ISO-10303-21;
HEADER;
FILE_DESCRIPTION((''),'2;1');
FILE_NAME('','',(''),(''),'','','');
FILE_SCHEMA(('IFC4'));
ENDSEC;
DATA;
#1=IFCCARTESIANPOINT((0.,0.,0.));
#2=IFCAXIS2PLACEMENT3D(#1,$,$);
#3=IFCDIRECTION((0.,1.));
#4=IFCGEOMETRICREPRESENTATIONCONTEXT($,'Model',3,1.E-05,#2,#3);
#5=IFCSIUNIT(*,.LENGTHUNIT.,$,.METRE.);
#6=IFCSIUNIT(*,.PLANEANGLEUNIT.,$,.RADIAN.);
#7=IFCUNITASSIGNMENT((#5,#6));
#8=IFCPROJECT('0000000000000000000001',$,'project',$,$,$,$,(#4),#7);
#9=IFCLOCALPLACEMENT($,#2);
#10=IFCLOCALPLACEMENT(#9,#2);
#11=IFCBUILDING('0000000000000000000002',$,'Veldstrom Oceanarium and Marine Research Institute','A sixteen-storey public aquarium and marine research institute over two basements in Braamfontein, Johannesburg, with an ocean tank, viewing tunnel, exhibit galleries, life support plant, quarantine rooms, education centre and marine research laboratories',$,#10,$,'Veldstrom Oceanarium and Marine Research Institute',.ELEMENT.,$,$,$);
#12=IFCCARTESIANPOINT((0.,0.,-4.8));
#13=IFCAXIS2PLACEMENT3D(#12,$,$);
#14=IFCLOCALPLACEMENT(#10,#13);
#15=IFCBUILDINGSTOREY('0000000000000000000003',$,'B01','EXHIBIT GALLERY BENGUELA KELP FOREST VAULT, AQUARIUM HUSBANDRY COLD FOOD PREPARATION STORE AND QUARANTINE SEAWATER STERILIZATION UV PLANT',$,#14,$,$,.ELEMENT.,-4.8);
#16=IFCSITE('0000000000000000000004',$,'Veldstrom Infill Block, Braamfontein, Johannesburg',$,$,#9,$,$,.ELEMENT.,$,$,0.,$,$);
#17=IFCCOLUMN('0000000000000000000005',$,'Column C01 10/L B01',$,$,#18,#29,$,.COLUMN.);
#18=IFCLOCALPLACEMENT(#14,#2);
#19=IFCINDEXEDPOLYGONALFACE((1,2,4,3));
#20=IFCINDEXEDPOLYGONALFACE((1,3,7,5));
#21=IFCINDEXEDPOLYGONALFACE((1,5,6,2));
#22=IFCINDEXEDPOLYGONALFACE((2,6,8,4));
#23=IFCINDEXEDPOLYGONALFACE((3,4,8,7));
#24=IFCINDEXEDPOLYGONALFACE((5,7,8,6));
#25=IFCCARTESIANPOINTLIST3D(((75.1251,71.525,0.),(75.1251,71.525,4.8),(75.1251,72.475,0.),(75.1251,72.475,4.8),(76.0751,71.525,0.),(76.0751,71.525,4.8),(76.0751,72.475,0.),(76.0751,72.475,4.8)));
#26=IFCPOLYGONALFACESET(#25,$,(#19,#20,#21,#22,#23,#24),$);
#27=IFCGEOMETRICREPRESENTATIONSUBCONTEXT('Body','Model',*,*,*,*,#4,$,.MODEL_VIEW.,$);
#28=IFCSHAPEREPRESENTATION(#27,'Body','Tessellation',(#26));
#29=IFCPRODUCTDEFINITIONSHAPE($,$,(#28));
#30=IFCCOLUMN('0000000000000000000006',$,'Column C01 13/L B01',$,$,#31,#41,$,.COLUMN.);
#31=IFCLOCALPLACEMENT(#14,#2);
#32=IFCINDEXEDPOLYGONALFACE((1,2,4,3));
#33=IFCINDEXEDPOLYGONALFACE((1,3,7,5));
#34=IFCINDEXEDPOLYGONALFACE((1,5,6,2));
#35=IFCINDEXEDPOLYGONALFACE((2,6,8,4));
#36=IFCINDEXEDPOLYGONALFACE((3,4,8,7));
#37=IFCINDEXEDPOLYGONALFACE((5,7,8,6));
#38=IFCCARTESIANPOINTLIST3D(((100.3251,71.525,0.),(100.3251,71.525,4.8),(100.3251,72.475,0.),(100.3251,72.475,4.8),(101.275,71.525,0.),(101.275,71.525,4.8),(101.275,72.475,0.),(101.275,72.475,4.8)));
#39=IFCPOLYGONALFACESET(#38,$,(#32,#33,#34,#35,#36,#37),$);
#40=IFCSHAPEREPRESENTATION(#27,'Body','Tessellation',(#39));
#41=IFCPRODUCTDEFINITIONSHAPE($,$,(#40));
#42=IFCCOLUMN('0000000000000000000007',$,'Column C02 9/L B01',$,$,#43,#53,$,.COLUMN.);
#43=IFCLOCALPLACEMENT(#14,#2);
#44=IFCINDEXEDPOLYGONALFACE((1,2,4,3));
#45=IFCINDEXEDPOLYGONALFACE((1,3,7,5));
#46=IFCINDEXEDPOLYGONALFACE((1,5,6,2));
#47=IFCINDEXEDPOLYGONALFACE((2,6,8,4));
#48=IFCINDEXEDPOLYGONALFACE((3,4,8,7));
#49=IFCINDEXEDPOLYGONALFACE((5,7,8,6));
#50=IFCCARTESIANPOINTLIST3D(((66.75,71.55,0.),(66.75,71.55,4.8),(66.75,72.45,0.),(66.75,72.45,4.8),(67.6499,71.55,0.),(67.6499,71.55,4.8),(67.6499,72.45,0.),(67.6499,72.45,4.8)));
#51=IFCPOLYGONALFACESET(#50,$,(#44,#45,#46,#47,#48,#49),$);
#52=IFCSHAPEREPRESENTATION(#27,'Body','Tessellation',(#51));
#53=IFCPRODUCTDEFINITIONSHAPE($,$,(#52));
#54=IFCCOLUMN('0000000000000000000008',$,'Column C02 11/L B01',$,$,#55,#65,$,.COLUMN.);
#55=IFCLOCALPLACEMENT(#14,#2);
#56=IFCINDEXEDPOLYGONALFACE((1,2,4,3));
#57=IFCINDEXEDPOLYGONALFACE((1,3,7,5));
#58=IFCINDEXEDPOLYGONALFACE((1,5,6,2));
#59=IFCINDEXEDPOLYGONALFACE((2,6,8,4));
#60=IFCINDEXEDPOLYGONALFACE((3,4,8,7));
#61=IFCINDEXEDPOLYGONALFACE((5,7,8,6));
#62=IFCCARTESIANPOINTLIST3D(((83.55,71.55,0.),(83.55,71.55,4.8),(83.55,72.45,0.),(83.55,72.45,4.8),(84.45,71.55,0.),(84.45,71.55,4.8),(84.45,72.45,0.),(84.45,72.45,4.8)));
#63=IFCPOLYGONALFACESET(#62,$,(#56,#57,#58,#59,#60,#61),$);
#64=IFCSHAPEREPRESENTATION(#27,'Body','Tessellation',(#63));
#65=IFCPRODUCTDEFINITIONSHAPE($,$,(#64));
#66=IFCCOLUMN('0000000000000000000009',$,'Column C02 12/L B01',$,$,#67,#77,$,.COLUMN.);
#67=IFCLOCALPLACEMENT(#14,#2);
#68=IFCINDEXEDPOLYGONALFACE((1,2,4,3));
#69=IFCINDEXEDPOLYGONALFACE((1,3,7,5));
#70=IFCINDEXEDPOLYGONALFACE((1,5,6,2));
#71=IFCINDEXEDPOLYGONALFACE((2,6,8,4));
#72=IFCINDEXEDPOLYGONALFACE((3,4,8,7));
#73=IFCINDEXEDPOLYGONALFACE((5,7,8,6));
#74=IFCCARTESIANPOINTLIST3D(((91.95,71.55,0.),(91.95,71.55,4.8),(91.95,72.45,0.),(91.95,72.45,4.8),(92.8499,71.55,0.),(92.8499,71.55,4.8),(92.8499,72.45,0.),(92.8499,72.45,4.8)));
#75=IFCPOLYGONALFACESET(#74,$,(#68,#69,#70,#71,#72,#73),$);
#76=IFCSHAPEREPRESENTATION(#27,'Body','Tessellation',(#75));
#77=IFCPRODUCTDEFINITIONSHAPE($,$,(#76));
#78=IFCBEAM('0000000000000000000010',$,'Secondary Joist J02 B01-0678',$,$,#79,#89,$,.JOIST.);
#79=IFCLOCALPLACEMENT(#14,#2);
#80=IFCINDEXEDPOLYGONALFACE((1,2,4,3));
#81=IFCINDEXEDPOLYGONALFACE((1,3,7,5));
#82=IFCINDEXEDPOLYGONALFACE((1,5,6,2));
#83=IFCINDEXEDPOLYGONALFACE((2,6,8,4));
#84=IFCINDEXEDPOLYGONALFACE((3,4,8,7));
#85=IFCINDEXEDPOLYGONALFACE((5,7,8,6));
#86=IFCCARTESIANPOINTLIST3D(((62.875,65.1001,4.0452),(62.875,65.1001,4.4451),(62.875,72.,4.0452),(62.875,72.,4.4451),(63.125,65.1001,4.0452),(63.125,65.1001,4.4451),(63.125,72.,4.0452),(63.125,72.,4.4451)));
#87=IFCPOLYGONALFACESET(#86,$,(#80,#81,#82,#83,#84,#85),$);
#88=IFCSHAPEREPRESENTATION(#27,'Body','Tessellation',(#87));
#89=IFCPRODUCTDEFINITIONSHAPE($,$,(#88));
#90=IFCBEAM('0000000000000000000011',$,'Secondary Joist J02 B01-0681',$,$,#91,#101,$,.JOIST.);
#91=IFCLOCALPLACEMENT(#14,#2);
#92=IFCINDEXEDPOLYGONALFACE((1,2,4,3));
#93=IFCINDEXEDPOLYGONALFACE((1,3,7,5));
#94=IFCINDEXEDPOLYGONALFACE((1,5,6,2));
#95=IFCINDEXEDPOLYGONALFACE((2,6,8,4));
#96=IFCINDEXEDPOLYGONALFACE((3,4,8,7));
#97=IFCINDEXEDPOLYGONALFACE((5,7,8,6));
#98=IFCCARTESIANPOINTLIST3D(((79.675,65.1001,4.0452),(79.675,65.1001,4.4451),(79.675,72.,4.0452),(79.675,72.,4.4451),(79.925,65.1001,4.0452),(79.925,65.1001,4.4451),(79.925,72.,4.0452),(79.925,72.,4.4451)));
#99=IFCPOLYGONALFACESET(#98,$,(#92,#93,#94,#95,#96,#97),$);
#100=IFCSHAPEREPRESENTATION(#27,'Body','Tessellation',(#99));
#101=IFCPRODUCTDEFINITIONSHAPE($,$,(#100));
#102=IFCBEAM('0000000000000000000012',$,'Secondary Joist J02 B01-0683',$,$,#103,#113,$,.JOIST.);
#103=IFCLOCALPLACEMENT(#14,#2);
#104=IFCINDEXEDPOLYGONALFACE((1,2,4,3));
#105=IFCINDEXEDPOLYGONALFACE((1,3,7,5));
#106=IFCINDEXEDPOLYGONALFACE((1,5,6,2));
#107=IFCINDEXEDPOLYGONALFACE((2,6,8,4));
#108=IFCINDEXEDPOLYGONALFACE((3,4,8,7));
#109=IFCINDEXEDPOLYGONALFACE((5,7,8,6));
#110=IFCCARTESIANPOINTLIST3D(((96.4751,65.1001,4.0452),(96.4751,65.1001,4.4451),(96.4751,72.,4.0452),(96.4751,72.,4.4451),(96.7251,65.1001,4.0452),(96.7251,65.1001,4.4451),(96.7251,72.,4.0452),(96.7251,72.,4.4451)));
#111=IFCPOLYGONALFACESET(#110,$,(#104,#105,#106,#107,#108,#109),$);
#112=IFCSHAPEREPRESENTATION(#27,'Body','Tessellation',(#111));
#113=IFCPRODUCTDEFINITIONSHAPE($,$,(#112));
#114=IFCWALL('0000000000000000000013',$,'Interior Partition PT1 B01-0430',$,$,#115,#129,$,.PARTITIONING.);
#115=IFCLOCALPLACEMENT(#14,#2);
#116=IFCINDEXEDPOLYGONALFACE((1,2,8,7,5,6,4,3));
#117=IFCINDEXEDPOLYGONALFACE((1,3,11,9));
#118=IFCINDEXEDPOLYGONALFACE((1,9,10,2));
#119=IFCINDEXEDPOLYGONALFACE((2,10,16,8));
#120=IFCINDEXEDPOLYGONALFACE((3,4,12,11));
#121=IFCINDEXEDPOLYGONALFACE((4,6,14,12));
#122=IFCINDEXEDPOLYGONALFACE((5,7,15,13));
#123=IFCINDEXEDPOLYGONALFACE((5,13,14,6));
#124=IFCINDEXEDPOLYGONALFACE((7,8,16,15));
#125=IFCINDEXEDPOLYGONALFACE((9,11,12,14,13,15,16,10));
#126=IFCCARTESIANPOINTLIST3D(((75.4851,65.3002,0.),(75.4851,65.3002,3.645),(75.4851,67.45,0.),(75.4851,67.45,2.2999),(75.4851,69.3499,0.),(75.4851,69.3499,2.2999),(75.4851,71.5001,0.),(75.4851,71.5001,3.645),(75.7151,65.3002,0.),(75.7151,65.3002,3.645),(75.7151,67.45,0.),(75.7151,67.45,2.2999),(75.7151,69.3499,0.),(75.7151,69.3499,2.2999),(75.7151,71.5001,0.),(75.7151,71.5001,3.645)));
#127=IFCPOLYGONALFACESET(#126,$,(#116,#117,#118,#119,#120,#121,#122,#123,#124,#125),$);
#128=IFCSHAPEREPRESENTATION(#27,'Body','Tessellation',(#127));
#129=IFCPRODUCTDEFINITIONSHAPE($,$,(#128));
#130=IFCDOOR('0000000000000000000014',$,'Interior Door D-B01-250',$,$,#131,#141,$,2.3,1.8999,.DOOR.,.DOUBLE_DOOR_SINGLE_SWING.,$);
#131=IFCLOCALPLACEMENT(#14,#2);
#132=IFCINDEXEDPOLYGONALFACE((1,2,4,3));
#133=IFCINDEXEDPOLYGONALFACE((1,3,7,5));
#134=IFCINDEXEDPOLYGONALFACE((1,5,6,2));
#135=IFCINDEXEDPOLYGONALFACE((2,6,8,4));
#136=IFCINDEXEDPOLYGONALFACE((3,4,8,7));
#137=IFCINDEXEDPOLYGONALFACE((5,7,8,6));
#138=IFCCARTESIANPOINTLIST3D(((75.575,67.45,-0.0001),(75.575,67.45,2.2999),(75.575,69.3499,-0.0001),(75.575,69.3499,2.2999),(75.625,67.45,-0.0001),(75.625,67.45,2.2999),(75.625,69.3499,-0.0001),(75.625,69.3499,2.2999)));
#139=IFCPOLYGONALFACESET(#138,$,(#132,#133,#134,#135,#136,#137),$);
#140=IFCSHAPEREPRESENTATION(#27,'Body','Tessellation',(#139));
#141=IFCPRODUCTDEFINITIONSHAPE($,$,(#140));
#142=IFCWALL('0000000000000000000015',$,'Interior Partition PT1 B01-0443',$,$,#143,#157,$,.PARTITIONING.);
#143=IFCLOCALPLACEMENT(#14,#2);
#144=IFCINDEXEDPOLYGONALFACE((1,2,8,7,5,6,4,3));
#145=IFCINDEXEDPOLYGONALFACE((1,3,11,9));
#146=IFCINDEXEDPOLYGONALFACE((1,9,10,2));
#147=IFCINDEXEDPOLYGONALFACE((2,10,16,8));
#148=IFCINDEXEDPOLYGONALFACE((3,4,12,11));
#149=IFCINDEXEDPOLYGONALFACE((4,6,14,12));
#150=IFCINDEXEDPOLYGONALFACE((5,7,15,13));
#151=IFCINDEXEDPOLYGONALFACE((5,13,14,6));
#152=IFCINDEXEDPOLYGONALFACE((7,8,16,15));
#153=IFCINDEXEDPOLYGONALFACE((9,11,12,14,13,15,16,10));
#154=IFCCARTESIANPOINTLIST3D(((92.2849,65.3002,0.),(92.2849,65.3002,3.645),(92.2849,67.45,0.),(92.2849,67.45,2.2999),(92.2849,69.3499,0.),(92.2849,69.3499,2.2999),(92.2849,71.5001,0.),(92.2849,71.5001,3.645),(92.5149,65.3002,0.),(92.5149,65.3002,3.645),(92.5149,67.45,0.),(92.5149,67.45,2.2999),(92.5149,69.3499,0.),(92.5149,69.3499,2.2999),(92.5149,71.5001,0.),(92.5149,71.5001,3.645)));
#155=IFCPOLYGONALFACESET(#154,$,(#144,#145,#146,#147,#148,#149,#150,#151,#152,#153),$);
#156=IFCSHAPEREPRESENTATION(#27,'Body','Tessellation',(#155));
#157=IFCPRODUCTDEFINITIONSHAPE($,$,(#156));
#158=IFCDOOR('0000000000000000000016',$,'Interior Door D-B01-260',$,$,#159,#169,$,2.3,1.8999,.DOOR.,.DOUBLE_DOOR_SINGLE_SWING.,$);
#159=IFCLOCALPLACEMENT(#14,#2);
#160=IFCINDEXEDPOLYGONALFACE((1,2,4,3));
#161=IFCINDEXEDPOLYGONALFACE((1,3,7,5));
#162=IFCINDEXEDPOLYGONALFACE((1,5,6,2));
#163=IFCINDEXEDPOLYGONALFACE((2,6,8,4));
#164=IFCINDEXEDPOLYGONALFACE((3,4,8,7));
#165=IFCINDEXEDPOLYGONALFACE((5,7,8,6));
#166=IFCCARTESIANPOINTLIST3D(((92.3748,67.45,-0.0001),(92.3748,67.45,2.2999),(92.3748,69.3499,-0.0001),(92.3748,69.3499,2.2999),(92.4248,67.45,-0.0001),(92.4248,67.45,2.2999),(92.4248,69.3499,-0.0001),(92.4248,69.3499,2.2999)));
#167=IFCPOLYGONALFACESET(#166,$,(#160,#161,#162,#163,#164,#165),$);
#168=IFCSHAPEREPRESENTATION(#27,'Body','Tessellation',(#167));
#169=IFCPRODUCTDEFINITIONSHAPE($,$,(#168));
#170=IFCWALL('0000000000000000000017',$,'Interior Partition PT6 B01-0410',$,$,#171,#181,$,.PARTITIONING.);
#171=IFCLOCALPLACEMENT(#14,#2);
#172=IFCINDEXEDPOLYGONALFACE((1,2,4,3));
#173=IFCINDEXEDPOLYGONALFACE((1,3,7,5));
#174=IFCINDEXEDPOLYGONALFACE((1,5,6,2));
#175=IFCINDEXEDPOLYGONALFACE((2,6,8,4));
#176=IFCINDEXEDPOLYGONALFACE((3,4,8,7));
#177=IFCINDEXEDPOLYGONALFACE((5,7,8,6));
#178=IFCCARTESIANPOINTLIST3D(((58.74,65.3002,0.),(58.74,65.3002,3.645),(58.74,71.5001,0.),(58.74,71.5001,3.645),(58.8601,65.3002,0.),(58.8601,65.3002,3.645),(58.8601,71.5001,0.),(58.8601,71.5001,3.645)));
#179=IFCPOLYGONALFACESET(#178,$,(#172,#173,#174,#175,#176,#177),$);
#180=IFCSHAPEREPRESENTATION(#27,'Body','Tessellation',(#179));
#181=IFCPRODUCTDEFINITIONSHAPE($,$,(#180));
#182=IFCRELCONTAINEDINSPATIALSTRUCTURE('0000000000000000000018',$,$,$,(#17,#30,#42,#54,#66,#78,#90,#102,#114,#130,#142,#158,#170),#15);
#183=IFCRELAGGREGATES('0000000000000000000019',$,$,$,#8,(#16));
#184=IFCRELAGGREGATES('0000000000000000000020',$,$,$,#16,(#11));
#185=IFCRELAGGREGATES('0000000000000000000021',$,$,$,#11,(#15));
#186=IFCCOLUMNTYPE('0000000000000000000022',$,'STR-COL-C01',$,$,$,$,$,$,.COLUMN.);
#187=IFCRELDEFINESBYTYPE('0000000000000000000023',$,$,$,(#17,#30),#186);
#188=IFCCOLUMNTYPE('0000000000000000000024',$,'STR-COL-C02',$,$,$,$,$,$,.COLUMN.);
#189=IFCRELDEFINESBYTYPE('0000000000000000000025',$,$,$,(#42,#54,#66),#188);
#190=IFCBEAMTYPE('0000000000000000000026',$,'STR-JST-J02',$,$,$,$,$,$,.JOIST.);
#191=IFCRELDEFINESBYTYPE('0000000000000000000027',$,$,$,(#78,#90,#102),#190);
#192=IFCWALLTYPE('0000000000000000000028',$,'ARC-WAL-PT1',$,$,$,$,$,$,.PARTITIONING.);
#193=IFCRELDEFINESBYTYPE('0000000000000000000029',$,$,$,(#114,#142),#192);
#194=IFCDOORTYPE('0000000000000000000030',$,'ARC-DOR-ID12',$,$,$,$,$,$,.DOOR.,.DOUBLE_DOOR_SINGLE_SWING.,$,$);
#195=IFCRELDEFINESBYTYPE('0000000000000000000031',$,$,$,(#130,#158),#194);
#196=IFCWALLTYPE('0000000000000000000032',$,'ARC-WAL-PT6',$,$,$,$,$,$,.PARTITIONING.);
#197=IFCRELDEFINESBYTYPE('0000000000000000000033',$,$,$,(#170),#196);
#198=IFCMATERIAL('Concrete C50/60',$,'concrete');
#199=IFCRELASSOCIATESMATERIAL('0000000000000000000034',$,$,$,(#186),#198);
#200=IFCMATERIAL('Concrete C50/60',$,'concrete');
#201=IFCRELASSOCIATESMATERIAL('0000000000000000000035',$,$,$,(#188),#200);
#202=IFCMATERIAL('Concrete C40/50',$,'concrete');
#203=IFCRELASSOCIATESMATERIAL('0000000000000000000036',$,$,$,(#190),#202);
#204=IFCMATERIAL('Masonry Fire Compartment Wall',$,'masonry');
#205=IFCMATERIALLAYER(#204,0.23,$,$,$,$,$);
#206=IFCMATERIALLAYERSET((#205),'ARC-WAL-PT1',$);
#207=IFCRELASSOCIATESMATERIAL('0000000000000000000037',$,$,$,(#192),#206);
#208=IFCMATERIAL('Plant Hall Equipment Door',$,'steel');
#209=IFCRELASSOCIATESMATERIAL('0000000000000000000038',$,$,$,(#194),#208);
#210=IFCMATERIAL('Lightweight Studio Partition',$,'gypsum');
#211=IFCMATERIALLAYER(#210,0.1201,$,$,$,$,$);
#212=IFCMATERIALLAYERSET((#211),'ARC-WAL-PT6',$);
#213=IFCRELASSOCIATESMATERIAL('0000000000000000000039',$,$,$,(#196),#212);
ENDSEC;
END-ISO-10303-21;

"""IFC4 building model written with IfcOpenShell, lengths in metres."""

from ifc_helpers import new_model, si_unit, direction, frame, frame_2d, origin, origin_2d, place, context, subcontext, project, spatial, rectangle, extrude, material, layer, layer_set, material_profile, profile_set, type_object, element, fill, save


model = new_model("IFC4")

# Units and contexts
model_context = context("Model", 3, precision=1e-05, world=origin(), true_north=direction((0.0, 1.0)))
body_context = subcontext(model_context, "Body", "Model", "MODEL_VIEW")
ifc_project = project(units=[si_unit("LENGTHUNIT", "METRE"), si_unit("PLANEANGLEUNIT", "RADIAN")], contexts=[model_context])

# Site, building, storey
site_placement = place(None, origin())
site = spatial("IfcSite", under=ifc_project, at=site_placement, Name="Veldstrom Infill Block, Braamfontein, Johannesburg", CompositionType="ELEMENT", RefElevation=0.0)
building_placement = place(site_placement, origin())
building = spatial("IfcBuilding", under=site, at=building_placement, Name="Veldstrom Oceanarium and Marine Research Institute", Description="A sixteen-storey public aquarium and marine research institute over two basements in Braamfontein, Johannesburg, with an ocean tank, viewing tunnel, exhibit galleries, life support plant, quarantine rooms, education centre and marine research laboratories", LongName="Veldstrom Oceanarium and Marine Research Institute", CompositionType="ELEMENT")
storey_placement = place(building_placement, frame((0.0, 0.0, -4.8)))
storey = spatial("IfcBuildingStorey", under=building, at=storey_placement, Name="B01", Description="EXHIBIT GALLERY BENGUELA KELP FOREST VAULT, AQUARIUM HUSBANDRY COLD FOOD PREPARATION STORE AND QUARANTINE SEAWATER STERILIZATION UV PLANT", CompositionType="ELEMENT", Elevation=-4.8)

# Columns
ifc_material_1 = material(Name="Concrete C50/60", Category="concrete")
ifc_material_profile_1 = material_profile(ifc_material_1, rectangle(XDim=0.95, YDim=0.95, at=origin_2d()), Name="RC-COL-950x950")
ifc_profile_set_1 = profile_set([ifc_material_profile_1], Name="Concrete C50/60")
column_type_1 = type_object("IfcColumnType", Name="STR-COL-C01", PredefinedType="COLUMN", material=ifc_profile_set_1)
for number, where, z_axis, x_axis, name in (
    (1, (75.6001, 72.0, 0.0), (0.0, 0.0, 1.0), (1.0, 0.0, 0.0), "Column C01 10/L B01"),
    (2, (100.8, 72.0, 0.0), (0.0, 0.0, 1.0), (1.0, 0.0, 0.0), "Column C01 13/L B01"),
):
    element("IfcColumn", number, at=place(storey_placement, frame(where, z_axis=z_axis, x_axis=x_axis)), inside=storey, type_object=column_type_1, Name=name, PredefinedType="COLUMN", context=body_context, shape_type="SweptSolid", body=[
        extrude(rectangle(XDim=0.95, YDim=0.95, at=origin_2d()), origin(), (0.0, 0.0, 1.0), 4.8),
    ])
ifc_material_2 = material(Name="Concrete C50/60", Category="concrete")
ifc_material_profile_2 = material_profile(ifc_material_2, rectangle(XDim=0.8999, YDim=0.8999, at=origin_2d()), Name="RC-COL-900x900")
ifc_profile_set_2 = profile_set([ifc_material_profile_2], Name="Concrete C50/60")
column_type_2 = type_object("IfcColumnType", Name="STR-COL-C02", PredefinedType="COLUMN", material=ifc_profile_set_2)
for number, where, z_axis, x_axis, name in (
    (3, (67.2, 72.0, 0.0), (0.0, 0.0, 1.0), (1.0, 0.0, 0.0), "Column C02 9/L B01"),
    (4, (84.0, 72.0, 0.0), (0.0, 0.0, 1.0), (1.0, 0.0, 0.0), "Column C02 11/L B01"),
    (5, (92.3999, 72.0, 0.0), (0.0, 0.0, 1.0), (1.0, 0.0, 0.0), "Column C02 12/L B01"),
):
    element("IfcColumn", number, at=place(storey_placement, frame(where, z_axis=z_axis, x_axis=x_axis)), inside=storey, type_object=column_type_2, Name=name, PredefinedType="COLUMN", context=body_context, shape_type="SweptSolid", body=[
        extrude(rectangle(XDim=0.8999, YDim=0.8999, at=origin_2d()), origin(), (0.0, 0.0, 1.0), 4.8),
    ])

# Beams
ifc_material_3 = material(Name="Concrete C40/50", Category="concrete")
ifc_material_profile_3 = material_profile(ifc_material_3, rectangle(XDim=0.25, YDim=0.3999, at=origin_2d()), Name="RC-JST-250x400")
ifc_profile_set_3 = profile_set([ifc_material_profile_3], Name="Concrete C40/50")
beam_type = type_object("IfcBeamType", Name="STR-JST-J02", PredefinedType="JOIST", material=ifc_profile_set_3)
for number, where, z_axis, x_axis, name in (
    (6, (63.0, 65.1001, 4.2451), (0.0, 1.0, 0.0), (-1.0, 0.0, 0.0), "Secondary Joist J02 B01-0678"),
    (7, (79.8, 65.1001, 4.2451), (0.0, 1.0, 0.0), (-1.0, 0.0, 0.0), "Secondary Joist J02 B01-0681"),
    (8, (96.6001, 65.1001, 4.2451), (0.0, 1.0, 0.0), (-1.0, 0.0, 0.0), "Secondary Joist J02 B01-0683"),
):
    element("IfcBeam", number, at=place(storey_placement, frame(where, z_axis=z_axis, x_axis=x_axis)), inside=storey, type_object=beam_type, Name=name, PredefinedType="JOIST", context=body_context, shape_type="SweptSolid", body=[
        extrude(rectangle(XDim=0.25, YDim=0.3999, at=origin_2d()), origin(), (0.0, 0.0, 1.0), 6.8999),
    ])

# Walls, openings, doors
ifc_material_4 = material(Name="Masonry Fire Compartment Wall", Category="masonry")
ifc_layer_1 = layer(ifc_material_4, 0.23)
ifc_layer_set_1 = layer_set([ifc_layer_1], Name="ARC-WAL-PT1")
wall_type_1 = type_object("IfcWallType", Name="ARC-WAL-PT1", PredefinedType="PARTITIONING", material=ifc_layer_set_1)
wall_1_placement = place(storey_placement, frame((75.6001, 65.3, 0.0), z_axis=(0.0, 0.0, 1.0), x_axis=(0.0, 1.0, 0.0)))
wall_1 = element("IfcWall", 9, at=wall_1_placement, inside=storey, type_object=wall_type_1, Name="Interior Partition PT1 B01-0430", PredefinedType="PARTITIONING", context=body_context, shape_type="SweptSolid", body=[
    extrude(rectangle(XDim=6.2, YDim=0.23, at=frame_2d((3.1001, 0.0))), origin(), (0.0, 0.0, 1.0), 3.645),
])
opening_1_placement = place(wall_1_placement, frame((2.1499, 0.0, 0.0)))
opening_1 = element("IfcOpeningElement", 10, at=opening_1_placement, cuts=wall_1, PredefinedType="OPENING", context=body_context, shape_type="SweptSolid", body=[
    extrude(rectangle(XDim=1.8999, YDim=2.3, at=frame_2d((0.95, 1.1499))), frame((0.0, 0.125, 0.0), z_axis=(0.0, -1.0, 0.0), x_axis=(1.0, 0.0, 0.0)), (0.0, 0.0, 1.0), 0.25),
])
ifc_material_5 = material(Name="Plant Hall Equipment Door", Category="steel")
door_type_1 = type_object("IfcDoorType", Name="ARC-DOR-ID12", OperationType="DOUBLE_DOOR_SINGLE_SWING", PredefinedType="DOOR", material=ifc_material_5)
door_1_placement = place(opening_1_placement, frame((1.8999, 0.0, 0.0), z_axis=(0.0, 0.0, 1.0), x_axis=(-1.0, 0.0, 0.0)))
door_1 = element("IfcDoor", 11, at=door_1_placement, inside=storey, type_object=door_type_1, Name="Interior Door D-B01-250", OperationType="DOUBLE_DOOR_SINGLE_SWING", OverallHeight=2.3, OverallWidth=1.8999, PredefinedType="DOOR", context=body_context, shape_type="SweptSolid", body=[
    extrude(rectangle(XDim=1.8999, YDim=2.3, at=frame_2d((0.95, 1.1499))), frame((0.0, 0.0249, 0.0), z_axis=(0.0, -1.0, 0.0), x_axis=(1.0, 0.0, 0.0)), (0.0, 0.0, 1.0), 0.05),
])
fill(opening_1, door_1)
wall_2_placement = place(storey_placement, frame((92.3999, 65.3, 0.0), z_axis=(0.0, 0.0, 1.0), x_axis=(0.0, 1.0, 0.0)))
wall_2 = element("IfcWall", 12, at=wall_2_placement, inside=storey, type_object=wall_type_1, Name="Interior Partition PT1 B01-0443", PredefinedType="PARTITIONING", context=body_context, shape_type="SweptSolid", body=[
    extrude(rectangle(XDim=6.2, YDim=0.23, at=frame_2d((3.1001, 0.0))), origin(), (0.0, 0.0, 1.0), 3.645),
])
opening_2_placement = place(wall_2_placement, frame((2.1499, 0.0, 0.0)))
opening_2 = element("IfcOpeningElement", 13, at=opening_2_placement, cuts=wall_2, PredefinedType="OPENING", context=body_context, shape_type="SweptSolid", body=[
    extrude(rectangle(XDim=1.8999, YDim=2.3, at=frame_2d((0.95, 1.1499))), frame((0.0, 0.125, 0.0), z_axis=(0.0, -1.0, 0.0), x_axis=(1.0, 0.0, 0.0)), (0.0, 0.0, 1.0), 0.25),
])
door_2_placement = place(opening_2_placement, frame((1.8999, 0.0, 0.0), z_axis=(0.0, 0.0, 1.0), x_axis=(-1.0, 0.0, 0.0)))
door_2 = element("IfcDoor", 14, at=door_2_placement, inside=storey, type_object=door_type_1, Name="Interior Door D-B01-260", OperationType="DOUBLE_DOOR_SINGLE_SWING", OverallHeight=2.3, OverallWidth=1.8999, PredefinedType="DOOR", context=body_context, shape_type="SweptSolid", body=[
    extrude(rectangle(XDim=1.8999, YDim=2.3, at=frame_2d((0.95, 1.1499))), frame((0.0, 0.0249, 0.0), z_axis=(0.0, -1.0, 0.0), x_axis=(1.0, 0.0, 0.0)), (0.0, 0.0, 1.0), 0.05),
])
fill(opening_2, door_2)

# Wall
ifc_material_6 = material(Name="Lightweight Studio Partition", Category="gypsum")
ifc_layer_2 = layer(ifc_material_6, 0.1201)
ifc_layer_set_2 = layer_set([ifc_layer_2], Name="ARC-WAL-PT6")
wall_type_2 = type_object("IfcWallType", Name="ARC-WAL-PT6", PredefinedType="PARTITIONING", material=ifc_layer_set_2)
wall_3_placement = place(storey_placement, frame((58.8, 65.3, 0.0), z_axis=(0.0, 0.0, 1.0), x_axis=(0.0, 1.0, 0.0)))
element("IfcWall", 15, at=wall_3_placement, inside=storey, type_object=wall_type_2, Name="Interior Partition PT6 B01-0410", PredefinedType="PARTITIONING", context=body_context, shape_type="SweptSolid", body=[
    extrude(rectangle(XDim=6.2, YDim=0.1201, at=frame_2d((3.1001, 0.0))), origin(), (0.0, 0.0, 1.0), 3.645),
])

save(model, "model.ifc")
